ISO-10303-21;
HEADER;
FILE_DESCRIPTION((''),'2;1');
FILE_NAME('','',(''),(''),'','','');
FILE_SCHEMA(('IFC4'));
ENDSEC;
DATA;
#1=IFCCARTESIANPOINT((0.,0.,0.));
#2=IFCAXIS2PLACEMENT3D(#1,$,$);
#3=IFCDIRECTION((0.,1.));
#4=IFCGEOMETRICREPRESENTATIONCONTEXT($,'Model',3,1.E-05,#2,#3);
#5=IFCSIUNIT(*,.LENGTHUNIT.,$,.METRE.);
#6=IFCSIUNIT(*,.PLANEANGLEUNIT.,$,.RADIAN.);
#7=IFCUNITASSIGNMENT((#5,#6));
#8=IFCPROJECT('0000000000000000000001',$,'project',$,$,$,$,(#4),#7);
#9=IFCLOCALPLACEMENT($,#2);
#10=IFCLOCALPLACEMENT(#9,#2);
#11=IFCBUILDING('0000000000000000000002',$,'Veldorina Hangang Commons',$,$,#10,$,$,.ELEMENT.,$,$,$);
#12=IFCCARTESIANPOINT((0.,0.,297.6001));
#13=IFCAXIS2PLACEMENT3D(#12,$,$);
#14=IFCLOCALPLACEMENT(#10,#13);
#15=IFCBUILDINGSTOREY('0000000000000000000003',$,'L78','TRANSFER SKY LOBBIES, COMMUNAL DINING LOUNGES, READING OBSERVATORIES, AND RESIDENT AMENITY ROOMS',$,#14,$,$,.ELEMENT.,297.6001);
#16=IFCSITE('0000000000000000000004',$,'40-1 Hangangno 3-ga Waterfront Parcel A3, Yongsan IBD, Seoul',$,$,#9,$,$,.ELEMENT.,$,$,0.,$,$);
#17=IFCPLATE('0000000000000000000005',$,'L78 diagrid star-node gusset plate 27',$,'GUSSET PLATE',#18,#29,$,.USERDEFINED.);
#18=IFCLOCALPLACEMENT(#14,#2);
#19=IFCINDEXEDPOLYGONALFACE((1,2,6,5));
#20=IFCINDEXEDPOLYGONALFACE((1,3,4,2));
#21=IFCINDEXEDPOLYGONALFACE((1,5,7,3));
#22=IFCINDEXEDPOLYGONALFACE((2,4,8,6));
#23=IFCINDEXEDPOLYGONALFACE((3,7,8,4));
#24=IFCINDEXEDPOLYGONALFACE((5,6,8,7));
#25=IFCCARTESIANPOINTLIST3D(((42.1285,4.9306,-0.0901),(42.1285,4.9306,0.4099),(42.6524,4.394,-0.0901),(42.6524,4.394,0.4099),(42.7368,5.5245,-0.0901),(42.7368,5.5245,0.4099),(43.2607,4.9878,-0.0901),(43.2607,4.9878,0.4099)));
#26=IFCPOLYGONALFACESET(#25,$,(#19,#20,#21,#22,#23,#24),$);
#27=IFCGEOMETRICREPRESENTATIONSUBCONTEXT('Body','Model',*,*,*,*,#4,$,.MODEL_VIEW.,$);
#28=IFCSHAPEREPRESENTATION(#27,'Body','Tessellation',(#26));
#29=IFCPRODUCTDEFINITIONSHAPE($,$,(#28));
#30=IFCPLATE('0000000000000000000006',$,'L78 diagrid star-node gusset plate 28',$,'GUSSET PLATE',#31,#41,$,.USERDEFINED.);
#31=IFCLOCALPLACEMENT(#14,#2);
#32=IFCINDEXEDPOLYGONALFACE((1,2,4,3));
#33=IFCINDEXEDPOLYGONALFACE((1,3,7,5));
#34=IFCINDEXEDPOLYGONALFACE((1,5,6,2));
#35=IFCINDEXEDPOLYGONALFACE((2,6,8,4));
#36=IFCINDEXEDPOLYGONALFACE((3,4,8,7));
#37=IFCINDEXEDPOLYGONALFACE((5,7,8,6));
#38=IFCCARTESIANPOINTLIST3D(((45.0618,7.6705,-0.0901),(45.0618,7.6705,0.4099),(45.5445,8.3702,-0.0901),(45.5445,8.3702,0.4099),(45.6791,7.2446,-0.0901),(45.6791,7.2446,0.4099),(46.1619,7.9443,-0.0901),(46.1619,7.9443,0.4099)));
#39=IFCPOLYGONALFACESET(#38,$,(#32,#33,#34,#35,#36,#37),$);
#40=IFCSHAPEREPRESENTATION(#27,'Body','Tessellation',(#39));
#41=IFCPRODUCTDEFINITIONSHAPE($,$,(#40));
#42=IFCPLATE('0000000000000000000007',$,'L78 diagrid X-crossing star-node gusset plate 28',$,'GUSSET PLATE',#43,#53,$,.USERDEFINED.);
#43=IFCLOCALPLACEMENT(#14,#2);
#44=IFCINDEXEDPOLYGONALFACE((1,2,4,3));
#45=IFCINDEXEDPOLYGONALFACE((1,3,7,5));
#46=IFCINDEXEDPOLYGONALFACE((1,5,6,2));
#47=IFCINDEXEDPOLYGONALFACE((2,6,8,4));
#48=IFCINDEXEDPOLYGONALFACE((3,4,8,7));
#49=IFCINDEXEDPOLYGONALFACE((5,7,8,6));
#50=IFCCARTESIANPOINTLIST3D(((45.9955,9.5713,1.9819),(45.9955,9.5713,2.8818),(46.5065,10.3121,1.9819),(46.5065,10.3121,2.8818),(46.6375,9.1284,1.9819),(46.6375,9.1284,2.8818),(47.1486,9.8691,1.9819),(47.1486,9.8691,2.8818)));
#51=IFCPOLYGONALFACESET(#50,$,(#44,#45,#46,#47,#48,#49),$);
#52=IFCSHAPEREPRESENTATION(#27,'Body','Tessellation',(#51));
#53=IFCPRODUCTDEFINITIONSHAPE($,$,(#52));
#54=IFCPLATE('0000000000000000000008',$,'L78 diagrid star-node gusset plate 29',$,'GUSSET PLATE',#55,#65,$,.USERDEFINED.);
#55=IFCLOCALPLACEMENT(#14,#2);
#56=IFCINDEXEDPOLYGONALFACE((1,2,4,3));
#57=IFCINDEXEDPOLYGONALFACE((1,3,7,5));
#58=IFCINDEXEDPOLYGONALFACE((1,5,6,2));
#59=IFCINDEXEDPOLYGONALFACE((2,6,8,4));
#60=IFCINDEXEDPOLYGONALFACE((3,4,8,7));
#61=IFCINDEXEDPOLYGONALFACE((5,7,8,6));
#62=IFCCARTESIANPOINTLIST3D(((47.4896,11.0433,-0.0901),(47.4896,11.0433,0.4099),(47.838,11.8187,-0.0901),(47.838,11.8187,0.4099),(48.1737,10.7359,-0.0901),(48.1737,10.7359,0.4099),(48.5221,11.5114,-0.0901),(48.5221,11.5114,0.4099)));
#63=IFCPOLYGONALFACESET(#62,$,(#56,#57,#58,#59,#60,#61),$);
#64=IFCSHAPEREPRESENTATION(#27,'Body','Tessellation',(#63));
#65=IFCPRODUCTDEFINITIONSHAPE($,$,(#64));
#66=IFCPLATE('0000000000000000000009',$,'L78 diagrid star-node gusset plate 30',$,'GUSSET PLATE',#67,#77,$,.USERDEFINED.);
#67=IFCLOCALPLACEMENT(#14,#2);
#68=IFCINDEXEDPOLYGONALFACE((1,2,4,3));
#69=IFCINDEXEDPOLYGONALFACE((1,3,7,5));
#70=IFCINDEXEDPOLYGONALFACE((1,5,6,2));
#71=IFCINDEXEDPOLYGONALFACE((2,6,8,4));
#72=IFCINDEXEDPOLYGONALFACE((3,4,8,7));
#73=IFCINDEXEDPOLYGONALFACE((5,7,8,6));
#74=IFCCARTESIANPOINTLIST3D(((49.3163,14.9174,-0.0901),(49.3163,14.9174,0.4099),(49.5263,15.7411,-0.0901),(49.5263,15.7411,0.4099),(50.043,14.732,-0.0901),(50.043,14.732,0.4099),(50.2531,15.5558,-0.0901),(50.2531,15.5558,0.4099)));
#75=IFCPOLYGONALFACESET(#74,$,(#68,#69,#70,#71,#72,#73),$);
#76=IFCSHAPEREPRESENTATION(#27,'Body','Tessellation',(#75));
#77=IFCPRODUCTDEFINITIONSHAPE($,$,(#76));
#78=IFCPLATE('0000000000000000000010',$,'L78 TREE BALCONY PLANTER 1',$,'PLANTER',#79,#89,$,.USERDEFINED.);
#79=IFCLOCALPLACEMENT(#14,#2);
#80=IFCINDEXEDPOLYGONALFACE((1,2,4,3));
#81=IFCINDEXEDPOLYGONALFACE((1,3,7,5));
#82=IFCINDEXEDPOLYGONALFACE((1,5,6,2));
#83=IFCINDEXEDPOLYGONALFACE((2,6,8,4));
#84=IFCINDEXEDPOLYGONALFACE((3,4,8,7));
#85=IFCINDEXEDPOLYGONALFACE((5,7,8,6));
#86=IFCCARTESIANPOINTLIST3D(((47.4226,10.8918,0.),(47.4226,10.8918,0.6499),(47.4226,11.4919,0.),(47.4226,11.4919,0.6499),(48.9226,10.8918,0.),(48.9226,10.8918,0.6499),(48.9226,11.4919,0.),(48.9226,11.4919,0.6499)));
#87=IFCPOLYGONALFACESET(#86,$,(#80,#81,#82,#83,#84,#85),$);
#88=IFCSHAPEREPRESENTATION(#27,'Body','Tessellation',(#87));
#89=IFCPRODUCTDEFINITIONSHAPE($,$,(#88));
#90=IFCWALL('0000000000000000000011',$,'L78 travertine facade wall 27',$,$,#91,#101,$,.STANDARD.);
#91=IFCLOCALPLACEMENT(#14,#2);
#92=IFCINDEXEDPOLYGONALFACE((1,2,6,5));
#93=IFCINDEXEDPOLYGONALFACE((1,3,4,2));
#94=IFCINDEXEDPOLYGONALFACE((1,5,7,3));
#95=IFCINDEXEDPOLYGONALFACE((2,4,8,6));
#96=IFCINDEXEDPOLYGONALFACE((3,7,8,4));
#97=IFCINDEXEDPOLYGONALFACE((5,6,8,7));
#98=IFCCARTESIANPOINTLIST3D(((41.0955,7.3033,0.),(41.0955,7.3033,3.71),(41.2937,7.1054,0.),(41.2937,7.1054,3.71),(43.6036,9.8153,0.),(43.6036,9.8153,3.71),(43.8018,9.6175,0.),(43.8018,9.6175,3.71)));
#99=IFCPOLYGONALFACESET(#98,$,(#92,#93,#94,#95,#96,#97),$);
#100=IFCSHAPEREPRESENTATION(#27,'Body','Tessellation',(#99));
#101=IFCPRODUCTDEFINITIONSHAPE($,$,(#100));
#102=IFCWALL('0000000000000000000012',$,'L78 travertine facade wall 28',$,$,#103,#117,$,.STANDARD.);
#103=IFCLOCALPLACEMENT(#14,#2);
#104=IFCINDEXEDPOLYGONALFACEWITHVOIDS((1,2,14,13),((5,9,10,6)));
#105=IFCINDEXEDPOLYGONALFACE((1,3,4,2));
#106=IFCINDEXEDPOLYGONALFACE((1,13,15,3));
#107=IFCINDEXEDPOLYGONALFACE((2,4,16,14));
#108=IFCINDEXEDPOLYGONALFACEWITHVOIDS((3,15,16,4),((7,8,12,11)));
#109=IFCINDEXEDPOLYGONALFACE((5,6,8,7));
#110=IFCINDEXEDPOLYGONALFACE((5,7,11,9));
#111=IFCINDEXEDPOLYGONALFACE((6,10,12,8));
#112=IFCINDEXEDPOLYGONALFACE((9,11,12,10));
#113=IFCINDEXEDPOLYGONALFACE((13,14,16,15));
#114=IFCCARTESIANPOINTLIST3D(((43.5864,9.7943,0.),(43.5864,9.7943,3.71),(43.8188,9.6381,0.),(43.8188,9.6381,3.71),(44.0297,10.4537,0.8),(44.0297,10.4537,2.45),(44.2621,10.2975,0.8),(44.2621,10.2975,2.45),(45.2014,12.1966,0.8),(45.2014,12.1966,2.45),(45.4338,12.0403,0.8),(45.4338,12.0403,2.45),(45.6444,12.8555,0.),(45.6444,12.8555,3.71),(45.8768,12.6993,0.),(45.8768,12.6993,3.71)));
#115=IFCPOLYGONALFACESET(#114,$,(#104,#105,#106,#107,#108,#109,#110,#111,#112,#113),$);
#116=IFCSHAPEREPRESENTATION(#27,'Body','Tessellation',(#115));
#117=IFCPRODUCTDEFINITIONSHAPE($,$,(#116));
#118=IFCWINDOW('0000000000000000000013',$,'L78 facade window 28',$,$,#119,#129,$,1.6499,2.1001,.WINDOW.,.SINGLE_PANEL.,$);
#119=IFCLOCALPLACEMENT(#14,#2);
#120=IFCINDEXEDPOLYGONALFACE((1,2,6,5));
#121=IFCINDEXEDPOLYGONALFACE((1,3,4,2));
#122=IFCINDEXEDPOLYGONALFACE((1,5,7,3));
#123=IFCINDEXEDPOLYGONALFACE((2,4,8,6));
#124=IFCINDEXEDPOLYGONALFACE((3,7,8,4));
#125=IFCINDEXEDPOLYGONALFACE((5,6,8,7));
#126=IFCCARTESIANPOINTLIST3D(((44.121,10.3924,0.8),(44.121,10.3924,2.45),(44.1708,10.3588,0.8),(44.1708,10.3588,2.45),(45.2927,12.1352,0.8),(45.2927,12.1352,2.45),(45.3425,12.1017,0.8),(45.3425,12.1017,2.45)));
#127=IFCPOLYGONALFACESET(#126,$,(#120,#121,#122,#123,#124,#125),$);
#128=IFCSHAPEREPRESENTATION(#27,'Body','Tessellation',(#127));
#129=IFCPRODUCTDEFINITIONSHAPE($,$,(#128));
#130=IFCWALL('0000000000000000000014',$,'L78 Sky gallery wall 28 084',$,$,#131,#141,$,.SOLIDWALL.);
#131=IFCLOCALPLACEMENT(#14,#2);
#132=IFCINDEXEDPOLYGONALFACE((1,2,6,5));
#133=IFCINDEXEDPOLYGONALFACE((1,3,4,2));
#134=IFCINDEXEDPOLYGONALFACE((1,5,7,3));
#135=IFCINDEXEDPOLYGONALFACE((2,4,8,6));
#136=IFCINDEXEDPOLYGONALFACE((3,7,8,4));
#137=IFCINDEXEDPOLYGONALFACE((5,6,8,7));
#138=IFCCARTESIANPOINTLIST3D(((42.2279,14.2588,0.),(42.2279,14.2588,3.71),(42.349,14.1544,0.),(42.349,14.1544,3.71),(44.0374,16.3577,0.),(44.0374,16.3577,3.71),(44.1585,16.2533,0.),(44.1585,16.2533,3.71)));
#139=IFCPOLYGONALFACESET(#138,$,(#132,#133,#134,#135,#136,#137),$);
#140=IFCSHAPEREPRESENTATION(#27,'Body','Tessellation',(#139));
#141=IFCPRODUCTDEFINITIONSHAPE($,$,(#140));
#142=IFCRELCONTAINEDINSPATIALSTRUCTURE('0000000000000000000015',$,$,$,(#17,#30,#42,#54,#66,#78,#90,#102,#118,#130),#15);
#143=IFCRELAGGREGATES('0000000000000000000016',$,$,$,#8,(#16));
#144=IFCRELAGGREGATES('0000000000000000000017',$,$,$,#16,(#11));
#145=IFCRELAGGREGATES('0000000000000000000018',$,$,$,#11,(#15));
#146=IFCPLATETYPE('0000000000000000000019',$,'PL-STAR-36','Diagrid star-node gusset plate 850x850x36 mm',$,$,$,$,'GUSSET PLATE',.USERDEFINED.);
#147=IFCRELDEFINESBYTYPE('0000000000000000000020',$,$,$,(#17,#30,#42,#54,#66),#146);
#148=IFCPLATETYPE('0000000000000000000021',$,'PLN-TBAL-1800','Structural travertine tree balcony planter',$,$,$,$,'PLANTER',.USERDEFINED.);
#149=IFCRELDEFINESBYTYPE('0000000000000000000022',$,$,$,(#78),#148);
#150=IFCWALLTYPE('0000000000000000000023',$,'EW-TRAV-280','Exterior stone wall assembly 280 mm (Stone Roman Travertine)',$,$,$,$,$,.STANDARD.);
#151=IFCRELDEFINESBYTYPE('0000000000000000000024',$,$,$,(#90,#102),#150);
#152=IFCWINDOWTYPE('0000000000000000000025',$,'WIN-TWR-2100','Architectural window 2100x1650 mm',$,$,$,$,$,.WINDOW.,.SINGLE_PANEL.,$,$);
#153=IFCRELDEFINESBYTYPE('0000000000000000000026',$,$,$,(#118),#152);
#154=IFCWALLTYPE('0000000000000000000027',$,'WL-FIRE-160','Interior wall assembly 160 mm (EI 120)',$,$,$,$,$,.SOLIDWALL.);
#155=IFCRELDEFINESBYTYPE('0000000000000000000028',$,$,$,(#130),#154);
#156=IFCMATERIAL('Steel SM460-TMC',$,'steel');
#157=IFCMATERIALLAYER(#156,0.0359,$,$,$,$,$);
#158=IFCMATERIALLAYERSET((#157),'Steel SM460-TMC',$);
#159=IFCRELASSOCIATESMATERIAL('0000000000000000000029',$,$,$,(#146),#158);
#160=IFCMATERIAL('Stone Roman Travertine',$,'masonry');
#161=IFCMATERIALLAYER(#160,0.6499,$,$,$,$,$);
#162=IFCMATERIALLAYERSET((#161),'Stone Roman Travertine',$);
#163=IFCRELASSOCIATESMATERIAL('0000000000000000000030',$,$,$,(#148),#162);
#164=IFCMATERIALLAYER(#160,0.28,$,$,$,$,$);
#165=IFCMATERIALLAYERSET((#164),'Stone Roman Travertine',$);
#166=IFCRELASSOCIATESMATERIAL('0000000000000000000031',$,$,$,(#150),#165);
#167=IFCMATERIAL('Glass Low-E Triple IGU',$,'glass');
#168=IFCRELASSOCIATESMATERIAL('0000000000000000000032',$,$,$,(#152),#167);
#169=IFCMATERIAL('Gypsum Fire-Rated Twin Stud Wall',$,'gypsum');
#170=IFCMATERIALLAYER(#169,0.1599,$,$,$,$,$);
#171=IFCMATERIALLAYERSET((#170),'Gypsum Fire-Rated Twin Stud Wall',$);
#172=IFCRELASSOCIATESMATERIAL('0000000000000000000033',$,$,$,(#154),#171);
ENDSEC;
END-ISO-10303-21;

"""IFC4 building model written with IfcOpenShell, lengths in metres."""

from ifc_helpers import new_model, si_unit, direction, frame, frame_2d, origin, origin_2d, place, context, subcontext, project, spatial, rectangle, extrude, material, layer, layer_set, type_object, element, fill, save


model = new_model("IFC4")

# Units and contexts
model_context = context("Model", 3, precision=1e-05, world=origin(), true_north=direction((0.0, 1.0)))
body_context = subcontext(model_context, "Body", "Model", "MODEL_VIEW")
ifc_project = project(units=[si_unit("LENGTHUNIT", "METRE"), si_unit("PLANEANGLEUNIT", "RADIAN")], contexts=[model_context])

# Site, building, storey
site_placement = place(None, origin())
site = spatial("IfcSite", under=ifc_project, at=site_placement, Name="40-1 Hangangno 3-ga Waterfront Parcel A3, Yongsan IBD, Seoul", CompositionType="ELEMENT", RefElevation=0.0)
building_placement = place(site_placement, origin())
building = spatial("IfcBuilding", under=site, at=building_placement, Name="Veldorina Hangang Commons", CompositionType="ELEMENT")
storey_placement = place(building_placement, frame((0.0, 0.0, 297.6001)))
storey = spatial("IfcBuildingStorey", under=building, at=storey_placement, Name="L78", Description="TRANSFER SKY LOBBIES, COMMUNAL DINING LOUNGES, READING OBSERVATORIES, AND RESIDENT AMENITY ROOMS", CompositionType="ELEMENT", Elevation=297.6001)

# Shared definitions
ifc_material_1 = material(Name="Steel SM460-TMC", Category="steel")

# Plates
ifc_layer_1 = layer(ifc_material_1, 0.0359)
ifc_layer_set_1 = layer_set([ifc_layer_1], Name="Steel SM460-TMC")
plate_type_1 = type_object("IfcPlateType", Name="PL-STAR-36", Description="Diagrid star-node gusset plate 850x850x36 mm", ElementType="GUSSET PLATE", PredefinedType="USERDEFINED", material=ifc_layer_set_1)
for number, where, z_axis, x_axis, name in (
    (1, (42.6946, 4.9592, -0.0901), (0.0, 0.0, 1.0), (0.715534, 0.698578, 0.0), "L78 diagrid star-node gusset plate 27"),
    (2, (45.6118, 7.8074, -0.0901), (0.0, 0.0, 1.0), (0.567872, 0.823117, 0.0), "L78 diagrid star-node gusset plate 28"),
):
    element("IfcPlate", number, at=place(storey_placement, frame(where, z_axis=z_axis, x_axis=x_axis)), inside=storey, type_object=plate_type_1, Name=name, ObjectType="GUSSET PLATE", PredefinedType="USERDEFINED", context=body_context, shape_type="SweptSolid", body=[
        extrude(rectangle(XDim=0.8501, YDim=0.75, at=origin_2d()), origin(), (0.0, 0.0, 1.0), 0.5),
    ])
plate_1_placement = place(storey_placement, frame((46.572, 9.7202, 1.9819), z_axis=(0.0, 0.0, 1.0), x_axis=(0.567872, 0.823117, 0.0)))
element("IfcPlate", 3, at=plate_1_placement, inside=storey, type_object=plate_type_1, Name="L78 diagrid X-crossing star-node gusset plate 28", ObjectType="GUSSET PLATE", PredefinedType="USERDEFINED", context=body_context, shape_type="SweptSolid", body=[
    extrude(rectangle(XDim=0.8999, YDim=0.78, at=origin_2d()), origin(), (0.0, 0.0, 1.0), 0.8999),
])
for number, where, z_axis, x_axis, name in (
    (4, (48.0059, 11.2773, -0.0901), (0.0, 0.0, 1.0), (0.409843, 0.912156, 0.0), "L78 diagrid star-node gusset plate 29"),
    (5, (49.7847, 15.2366, -0.0901), (0.0, 0.0, 1.0), (0.247084, 0.968994, 0.0), "L78 diagrid star-node gusset plate 30"),
):
    element("IfcPlate", number, at=place(storey_placement, frame(where, z_axis=z_axis, x_axis=x_axis)), inside=storey, type_object=plate_type_1, Name=name, ObjectType="GUSSET PLATE", PredefinedType="USERDEFINED", context=body_context, shape_type="SweptSolid", body=[
        extrude(rectangle(XDim=0.8501, YDim=0.75, at=origin_2d()), origin(), (0.0, 0.0, 1.0), 0.5),
    ])
ifc_material_2 = material(Name="Stone Roman Travertine", Category="masonry")
ifc_layer_2 = layer(ifc_material_2, 0.6499)
ifc_layer_set_2 = layer_set([ifc_layer_2], Name="Stone Roman Travertine")
plate_type_2 = type_object("IfcPlateType", Name="PLN-TBAL-1800", Description="Structural travertine tree balcony planter", ElementType="PLANTER", PredefinedType="USERDEFINED", material=ifc_layer_set_2)
plate_2_placement = place(storey_placement, frame((48.1726, 11.1919, 0.0), z_axis=(0.0, 0.0, 1.0), x_axis=(1.0, 0.0, 0.0)))
element("IfcPlate", 6, at=plate_2_placement, inside=storey, type_object=plate_type_2, Name="L78 TREE BALCONY PLANTER 1", ObjectType="PLANTER", PredefinedType="USERDEFINED", context=body_context, shape_type="SweptSolid", body=[
    extrude(rectangle(XDim=1.5, YDim=0.6001, at=origin_2d()), origin(), (0.0, 0.0, 1.0), 0.6499),
])

# Wall
ifc_layer_3 = layer(ifc_material_2, 0.28)
ifc_layer_set_3 = layer_set([ifc_layer_3], Name="Stone Roman Travertine")
wall_type_1 = type_object("IfcWallType", Name="EW-TRAV-280", Description="Exterior stone wall assembly 280 mm (Stone Roman Travertine)", PredefinedType="STANDARD", material=ifc_layer_set_3)
wall_1_placement = place(storey_placement, frame((41.1946, 7.2043, 0.0), z_axis=(0.0, 0.0, 1.0), x_axis=(0.706556, 0.707657, 0.0)))
element("IfcWall", 7, at=wall_1_placement, inside=storey, type_object=wall_type_1, Name="L78 travertine facade wall 27", PredefinedType="STANDARD", context=body_context, shape_type="SweptSolid", body=[
    extrude(rectangle(XDim=3.5498, YDim=0.28, at=frame_2d((1.7749, 0.0))), origin(), (0.0, 0.0, 1.0), 3.71),
])

# Wall, opening, window
wall_2_placement = place(storey_placement, frame((43.7026, 9.7163, 0.0), z_axis=(0.0, 0.0, 1.0), x_axis=(0.557934, 0.829885, 0.0)))
wall_2 = element("IfcWall", 8, at=wall_2_placement, inside=storey, type_object=wall_type_1, Name="L78 travertine facade wall 28", PredefinedType="STANDARD", context=body_context, shape_type="SweptSolid", body=[
    extrude(rectangle(XDim=3.6887, YDim=0.28, at=frame_2d((1.8442, 0.0))), origin(), (0.0, 0.0, 1.0), 3.71),
])
opening_1_placement = place(wall_2_placement, frame((0.7944, 0.0, 0.8)))
opening_1 = element("IfcOpeningElement", 9, at=opening_1_placement, cuts=wall_2, PredefinedType="OPENING", context=body_context, shape_type="SweptSolid", body=[
    extrude(rectangle(XDim=2.1001, YDim=1.6499, at=frame_2d((1.05, 0.825))), frame((0.0, 0.1499, 0.0), z_axis=(0.0, -1.0, 0.0), x_axis=(1.0, 0.0, 0.0)), (0.0, 0.0, 1.0), 0.3),
])
ifc_material_3 = material(Name="Glass Low-E Triple IGU", Category="glass")
window_type = type_object("IfcWindowType", Name="WIN-TWR-2100", Description="Architectural window 2100x1650 mm", PartitioningType="SINGLE_PANEL", PredefinedType="WINDOW", material=ifc_material_3)
window_placement = place(opening_1_placement, origin())
window = element("IfcWindow", 10, at=window_placement, inside=storey, type_object=window_type, Name="L78 facade window 28", OverallHeight=1.6499, OverallWidth=2.1001, PartitioningType="SINGLE_PANEL", PredefinedType="WINDOW", context=body_context, shape_type="SweptSolid", body=[
    extrude(rectangle(XDim=2.1001, YDim=1.6499, at=frame_2d((1.05, 0.825))), frame((0.0, 0.03, 0.0), z_axis=(0.0, -1.0, 0.0), x_axis=(1.0, 0.0, 0.0)), (0.0, 0.0, 1.0), 0.0601),
])
fill(opening_1, window)

# Wall
ifc_material_4 = material(Name="Gypsum Fire-Rated Twin Stud Wall", Category="gypsum")
ifc_layer_4 = layer(ifc_material_4, 0.1599)
ifc_layer_set_4 = layer_set([ifc_layer_4], Name="Gypsum Fire-Rated Twin Stud Wall")
wall_type_2 = type_object("IfcWallType", Name="WL-FIRE-160", Description="Interior wall assembly 160 mm (EI 120)", PredefinedType="SOLIDWALL", material=ifc_layer_set_4)
wall_3_placement = place(storey_placement, frame((42.2883, 14.2065, 0.0), z_axis=(0.0, 0.0, 1.0), x_axis=(0.65298, 0.757375, 0.0)))
element("IfcWall", 11, at=wall_3_placement, inside=storey, type_object=wall_type_2, Name="L78 Sky gallery wall 28 084", PredefinedType="SOLIDWALL", context=body_context, shape_type="SweptSolid", body=[
    extrude(rectangle(XDim=2.7712, YDim=0.1599, at=frame_2d((1.3857, 0.0))), origin(), (0.0, 0.0, 1.0), 3.71),
])

save(model, "model.ifc")
